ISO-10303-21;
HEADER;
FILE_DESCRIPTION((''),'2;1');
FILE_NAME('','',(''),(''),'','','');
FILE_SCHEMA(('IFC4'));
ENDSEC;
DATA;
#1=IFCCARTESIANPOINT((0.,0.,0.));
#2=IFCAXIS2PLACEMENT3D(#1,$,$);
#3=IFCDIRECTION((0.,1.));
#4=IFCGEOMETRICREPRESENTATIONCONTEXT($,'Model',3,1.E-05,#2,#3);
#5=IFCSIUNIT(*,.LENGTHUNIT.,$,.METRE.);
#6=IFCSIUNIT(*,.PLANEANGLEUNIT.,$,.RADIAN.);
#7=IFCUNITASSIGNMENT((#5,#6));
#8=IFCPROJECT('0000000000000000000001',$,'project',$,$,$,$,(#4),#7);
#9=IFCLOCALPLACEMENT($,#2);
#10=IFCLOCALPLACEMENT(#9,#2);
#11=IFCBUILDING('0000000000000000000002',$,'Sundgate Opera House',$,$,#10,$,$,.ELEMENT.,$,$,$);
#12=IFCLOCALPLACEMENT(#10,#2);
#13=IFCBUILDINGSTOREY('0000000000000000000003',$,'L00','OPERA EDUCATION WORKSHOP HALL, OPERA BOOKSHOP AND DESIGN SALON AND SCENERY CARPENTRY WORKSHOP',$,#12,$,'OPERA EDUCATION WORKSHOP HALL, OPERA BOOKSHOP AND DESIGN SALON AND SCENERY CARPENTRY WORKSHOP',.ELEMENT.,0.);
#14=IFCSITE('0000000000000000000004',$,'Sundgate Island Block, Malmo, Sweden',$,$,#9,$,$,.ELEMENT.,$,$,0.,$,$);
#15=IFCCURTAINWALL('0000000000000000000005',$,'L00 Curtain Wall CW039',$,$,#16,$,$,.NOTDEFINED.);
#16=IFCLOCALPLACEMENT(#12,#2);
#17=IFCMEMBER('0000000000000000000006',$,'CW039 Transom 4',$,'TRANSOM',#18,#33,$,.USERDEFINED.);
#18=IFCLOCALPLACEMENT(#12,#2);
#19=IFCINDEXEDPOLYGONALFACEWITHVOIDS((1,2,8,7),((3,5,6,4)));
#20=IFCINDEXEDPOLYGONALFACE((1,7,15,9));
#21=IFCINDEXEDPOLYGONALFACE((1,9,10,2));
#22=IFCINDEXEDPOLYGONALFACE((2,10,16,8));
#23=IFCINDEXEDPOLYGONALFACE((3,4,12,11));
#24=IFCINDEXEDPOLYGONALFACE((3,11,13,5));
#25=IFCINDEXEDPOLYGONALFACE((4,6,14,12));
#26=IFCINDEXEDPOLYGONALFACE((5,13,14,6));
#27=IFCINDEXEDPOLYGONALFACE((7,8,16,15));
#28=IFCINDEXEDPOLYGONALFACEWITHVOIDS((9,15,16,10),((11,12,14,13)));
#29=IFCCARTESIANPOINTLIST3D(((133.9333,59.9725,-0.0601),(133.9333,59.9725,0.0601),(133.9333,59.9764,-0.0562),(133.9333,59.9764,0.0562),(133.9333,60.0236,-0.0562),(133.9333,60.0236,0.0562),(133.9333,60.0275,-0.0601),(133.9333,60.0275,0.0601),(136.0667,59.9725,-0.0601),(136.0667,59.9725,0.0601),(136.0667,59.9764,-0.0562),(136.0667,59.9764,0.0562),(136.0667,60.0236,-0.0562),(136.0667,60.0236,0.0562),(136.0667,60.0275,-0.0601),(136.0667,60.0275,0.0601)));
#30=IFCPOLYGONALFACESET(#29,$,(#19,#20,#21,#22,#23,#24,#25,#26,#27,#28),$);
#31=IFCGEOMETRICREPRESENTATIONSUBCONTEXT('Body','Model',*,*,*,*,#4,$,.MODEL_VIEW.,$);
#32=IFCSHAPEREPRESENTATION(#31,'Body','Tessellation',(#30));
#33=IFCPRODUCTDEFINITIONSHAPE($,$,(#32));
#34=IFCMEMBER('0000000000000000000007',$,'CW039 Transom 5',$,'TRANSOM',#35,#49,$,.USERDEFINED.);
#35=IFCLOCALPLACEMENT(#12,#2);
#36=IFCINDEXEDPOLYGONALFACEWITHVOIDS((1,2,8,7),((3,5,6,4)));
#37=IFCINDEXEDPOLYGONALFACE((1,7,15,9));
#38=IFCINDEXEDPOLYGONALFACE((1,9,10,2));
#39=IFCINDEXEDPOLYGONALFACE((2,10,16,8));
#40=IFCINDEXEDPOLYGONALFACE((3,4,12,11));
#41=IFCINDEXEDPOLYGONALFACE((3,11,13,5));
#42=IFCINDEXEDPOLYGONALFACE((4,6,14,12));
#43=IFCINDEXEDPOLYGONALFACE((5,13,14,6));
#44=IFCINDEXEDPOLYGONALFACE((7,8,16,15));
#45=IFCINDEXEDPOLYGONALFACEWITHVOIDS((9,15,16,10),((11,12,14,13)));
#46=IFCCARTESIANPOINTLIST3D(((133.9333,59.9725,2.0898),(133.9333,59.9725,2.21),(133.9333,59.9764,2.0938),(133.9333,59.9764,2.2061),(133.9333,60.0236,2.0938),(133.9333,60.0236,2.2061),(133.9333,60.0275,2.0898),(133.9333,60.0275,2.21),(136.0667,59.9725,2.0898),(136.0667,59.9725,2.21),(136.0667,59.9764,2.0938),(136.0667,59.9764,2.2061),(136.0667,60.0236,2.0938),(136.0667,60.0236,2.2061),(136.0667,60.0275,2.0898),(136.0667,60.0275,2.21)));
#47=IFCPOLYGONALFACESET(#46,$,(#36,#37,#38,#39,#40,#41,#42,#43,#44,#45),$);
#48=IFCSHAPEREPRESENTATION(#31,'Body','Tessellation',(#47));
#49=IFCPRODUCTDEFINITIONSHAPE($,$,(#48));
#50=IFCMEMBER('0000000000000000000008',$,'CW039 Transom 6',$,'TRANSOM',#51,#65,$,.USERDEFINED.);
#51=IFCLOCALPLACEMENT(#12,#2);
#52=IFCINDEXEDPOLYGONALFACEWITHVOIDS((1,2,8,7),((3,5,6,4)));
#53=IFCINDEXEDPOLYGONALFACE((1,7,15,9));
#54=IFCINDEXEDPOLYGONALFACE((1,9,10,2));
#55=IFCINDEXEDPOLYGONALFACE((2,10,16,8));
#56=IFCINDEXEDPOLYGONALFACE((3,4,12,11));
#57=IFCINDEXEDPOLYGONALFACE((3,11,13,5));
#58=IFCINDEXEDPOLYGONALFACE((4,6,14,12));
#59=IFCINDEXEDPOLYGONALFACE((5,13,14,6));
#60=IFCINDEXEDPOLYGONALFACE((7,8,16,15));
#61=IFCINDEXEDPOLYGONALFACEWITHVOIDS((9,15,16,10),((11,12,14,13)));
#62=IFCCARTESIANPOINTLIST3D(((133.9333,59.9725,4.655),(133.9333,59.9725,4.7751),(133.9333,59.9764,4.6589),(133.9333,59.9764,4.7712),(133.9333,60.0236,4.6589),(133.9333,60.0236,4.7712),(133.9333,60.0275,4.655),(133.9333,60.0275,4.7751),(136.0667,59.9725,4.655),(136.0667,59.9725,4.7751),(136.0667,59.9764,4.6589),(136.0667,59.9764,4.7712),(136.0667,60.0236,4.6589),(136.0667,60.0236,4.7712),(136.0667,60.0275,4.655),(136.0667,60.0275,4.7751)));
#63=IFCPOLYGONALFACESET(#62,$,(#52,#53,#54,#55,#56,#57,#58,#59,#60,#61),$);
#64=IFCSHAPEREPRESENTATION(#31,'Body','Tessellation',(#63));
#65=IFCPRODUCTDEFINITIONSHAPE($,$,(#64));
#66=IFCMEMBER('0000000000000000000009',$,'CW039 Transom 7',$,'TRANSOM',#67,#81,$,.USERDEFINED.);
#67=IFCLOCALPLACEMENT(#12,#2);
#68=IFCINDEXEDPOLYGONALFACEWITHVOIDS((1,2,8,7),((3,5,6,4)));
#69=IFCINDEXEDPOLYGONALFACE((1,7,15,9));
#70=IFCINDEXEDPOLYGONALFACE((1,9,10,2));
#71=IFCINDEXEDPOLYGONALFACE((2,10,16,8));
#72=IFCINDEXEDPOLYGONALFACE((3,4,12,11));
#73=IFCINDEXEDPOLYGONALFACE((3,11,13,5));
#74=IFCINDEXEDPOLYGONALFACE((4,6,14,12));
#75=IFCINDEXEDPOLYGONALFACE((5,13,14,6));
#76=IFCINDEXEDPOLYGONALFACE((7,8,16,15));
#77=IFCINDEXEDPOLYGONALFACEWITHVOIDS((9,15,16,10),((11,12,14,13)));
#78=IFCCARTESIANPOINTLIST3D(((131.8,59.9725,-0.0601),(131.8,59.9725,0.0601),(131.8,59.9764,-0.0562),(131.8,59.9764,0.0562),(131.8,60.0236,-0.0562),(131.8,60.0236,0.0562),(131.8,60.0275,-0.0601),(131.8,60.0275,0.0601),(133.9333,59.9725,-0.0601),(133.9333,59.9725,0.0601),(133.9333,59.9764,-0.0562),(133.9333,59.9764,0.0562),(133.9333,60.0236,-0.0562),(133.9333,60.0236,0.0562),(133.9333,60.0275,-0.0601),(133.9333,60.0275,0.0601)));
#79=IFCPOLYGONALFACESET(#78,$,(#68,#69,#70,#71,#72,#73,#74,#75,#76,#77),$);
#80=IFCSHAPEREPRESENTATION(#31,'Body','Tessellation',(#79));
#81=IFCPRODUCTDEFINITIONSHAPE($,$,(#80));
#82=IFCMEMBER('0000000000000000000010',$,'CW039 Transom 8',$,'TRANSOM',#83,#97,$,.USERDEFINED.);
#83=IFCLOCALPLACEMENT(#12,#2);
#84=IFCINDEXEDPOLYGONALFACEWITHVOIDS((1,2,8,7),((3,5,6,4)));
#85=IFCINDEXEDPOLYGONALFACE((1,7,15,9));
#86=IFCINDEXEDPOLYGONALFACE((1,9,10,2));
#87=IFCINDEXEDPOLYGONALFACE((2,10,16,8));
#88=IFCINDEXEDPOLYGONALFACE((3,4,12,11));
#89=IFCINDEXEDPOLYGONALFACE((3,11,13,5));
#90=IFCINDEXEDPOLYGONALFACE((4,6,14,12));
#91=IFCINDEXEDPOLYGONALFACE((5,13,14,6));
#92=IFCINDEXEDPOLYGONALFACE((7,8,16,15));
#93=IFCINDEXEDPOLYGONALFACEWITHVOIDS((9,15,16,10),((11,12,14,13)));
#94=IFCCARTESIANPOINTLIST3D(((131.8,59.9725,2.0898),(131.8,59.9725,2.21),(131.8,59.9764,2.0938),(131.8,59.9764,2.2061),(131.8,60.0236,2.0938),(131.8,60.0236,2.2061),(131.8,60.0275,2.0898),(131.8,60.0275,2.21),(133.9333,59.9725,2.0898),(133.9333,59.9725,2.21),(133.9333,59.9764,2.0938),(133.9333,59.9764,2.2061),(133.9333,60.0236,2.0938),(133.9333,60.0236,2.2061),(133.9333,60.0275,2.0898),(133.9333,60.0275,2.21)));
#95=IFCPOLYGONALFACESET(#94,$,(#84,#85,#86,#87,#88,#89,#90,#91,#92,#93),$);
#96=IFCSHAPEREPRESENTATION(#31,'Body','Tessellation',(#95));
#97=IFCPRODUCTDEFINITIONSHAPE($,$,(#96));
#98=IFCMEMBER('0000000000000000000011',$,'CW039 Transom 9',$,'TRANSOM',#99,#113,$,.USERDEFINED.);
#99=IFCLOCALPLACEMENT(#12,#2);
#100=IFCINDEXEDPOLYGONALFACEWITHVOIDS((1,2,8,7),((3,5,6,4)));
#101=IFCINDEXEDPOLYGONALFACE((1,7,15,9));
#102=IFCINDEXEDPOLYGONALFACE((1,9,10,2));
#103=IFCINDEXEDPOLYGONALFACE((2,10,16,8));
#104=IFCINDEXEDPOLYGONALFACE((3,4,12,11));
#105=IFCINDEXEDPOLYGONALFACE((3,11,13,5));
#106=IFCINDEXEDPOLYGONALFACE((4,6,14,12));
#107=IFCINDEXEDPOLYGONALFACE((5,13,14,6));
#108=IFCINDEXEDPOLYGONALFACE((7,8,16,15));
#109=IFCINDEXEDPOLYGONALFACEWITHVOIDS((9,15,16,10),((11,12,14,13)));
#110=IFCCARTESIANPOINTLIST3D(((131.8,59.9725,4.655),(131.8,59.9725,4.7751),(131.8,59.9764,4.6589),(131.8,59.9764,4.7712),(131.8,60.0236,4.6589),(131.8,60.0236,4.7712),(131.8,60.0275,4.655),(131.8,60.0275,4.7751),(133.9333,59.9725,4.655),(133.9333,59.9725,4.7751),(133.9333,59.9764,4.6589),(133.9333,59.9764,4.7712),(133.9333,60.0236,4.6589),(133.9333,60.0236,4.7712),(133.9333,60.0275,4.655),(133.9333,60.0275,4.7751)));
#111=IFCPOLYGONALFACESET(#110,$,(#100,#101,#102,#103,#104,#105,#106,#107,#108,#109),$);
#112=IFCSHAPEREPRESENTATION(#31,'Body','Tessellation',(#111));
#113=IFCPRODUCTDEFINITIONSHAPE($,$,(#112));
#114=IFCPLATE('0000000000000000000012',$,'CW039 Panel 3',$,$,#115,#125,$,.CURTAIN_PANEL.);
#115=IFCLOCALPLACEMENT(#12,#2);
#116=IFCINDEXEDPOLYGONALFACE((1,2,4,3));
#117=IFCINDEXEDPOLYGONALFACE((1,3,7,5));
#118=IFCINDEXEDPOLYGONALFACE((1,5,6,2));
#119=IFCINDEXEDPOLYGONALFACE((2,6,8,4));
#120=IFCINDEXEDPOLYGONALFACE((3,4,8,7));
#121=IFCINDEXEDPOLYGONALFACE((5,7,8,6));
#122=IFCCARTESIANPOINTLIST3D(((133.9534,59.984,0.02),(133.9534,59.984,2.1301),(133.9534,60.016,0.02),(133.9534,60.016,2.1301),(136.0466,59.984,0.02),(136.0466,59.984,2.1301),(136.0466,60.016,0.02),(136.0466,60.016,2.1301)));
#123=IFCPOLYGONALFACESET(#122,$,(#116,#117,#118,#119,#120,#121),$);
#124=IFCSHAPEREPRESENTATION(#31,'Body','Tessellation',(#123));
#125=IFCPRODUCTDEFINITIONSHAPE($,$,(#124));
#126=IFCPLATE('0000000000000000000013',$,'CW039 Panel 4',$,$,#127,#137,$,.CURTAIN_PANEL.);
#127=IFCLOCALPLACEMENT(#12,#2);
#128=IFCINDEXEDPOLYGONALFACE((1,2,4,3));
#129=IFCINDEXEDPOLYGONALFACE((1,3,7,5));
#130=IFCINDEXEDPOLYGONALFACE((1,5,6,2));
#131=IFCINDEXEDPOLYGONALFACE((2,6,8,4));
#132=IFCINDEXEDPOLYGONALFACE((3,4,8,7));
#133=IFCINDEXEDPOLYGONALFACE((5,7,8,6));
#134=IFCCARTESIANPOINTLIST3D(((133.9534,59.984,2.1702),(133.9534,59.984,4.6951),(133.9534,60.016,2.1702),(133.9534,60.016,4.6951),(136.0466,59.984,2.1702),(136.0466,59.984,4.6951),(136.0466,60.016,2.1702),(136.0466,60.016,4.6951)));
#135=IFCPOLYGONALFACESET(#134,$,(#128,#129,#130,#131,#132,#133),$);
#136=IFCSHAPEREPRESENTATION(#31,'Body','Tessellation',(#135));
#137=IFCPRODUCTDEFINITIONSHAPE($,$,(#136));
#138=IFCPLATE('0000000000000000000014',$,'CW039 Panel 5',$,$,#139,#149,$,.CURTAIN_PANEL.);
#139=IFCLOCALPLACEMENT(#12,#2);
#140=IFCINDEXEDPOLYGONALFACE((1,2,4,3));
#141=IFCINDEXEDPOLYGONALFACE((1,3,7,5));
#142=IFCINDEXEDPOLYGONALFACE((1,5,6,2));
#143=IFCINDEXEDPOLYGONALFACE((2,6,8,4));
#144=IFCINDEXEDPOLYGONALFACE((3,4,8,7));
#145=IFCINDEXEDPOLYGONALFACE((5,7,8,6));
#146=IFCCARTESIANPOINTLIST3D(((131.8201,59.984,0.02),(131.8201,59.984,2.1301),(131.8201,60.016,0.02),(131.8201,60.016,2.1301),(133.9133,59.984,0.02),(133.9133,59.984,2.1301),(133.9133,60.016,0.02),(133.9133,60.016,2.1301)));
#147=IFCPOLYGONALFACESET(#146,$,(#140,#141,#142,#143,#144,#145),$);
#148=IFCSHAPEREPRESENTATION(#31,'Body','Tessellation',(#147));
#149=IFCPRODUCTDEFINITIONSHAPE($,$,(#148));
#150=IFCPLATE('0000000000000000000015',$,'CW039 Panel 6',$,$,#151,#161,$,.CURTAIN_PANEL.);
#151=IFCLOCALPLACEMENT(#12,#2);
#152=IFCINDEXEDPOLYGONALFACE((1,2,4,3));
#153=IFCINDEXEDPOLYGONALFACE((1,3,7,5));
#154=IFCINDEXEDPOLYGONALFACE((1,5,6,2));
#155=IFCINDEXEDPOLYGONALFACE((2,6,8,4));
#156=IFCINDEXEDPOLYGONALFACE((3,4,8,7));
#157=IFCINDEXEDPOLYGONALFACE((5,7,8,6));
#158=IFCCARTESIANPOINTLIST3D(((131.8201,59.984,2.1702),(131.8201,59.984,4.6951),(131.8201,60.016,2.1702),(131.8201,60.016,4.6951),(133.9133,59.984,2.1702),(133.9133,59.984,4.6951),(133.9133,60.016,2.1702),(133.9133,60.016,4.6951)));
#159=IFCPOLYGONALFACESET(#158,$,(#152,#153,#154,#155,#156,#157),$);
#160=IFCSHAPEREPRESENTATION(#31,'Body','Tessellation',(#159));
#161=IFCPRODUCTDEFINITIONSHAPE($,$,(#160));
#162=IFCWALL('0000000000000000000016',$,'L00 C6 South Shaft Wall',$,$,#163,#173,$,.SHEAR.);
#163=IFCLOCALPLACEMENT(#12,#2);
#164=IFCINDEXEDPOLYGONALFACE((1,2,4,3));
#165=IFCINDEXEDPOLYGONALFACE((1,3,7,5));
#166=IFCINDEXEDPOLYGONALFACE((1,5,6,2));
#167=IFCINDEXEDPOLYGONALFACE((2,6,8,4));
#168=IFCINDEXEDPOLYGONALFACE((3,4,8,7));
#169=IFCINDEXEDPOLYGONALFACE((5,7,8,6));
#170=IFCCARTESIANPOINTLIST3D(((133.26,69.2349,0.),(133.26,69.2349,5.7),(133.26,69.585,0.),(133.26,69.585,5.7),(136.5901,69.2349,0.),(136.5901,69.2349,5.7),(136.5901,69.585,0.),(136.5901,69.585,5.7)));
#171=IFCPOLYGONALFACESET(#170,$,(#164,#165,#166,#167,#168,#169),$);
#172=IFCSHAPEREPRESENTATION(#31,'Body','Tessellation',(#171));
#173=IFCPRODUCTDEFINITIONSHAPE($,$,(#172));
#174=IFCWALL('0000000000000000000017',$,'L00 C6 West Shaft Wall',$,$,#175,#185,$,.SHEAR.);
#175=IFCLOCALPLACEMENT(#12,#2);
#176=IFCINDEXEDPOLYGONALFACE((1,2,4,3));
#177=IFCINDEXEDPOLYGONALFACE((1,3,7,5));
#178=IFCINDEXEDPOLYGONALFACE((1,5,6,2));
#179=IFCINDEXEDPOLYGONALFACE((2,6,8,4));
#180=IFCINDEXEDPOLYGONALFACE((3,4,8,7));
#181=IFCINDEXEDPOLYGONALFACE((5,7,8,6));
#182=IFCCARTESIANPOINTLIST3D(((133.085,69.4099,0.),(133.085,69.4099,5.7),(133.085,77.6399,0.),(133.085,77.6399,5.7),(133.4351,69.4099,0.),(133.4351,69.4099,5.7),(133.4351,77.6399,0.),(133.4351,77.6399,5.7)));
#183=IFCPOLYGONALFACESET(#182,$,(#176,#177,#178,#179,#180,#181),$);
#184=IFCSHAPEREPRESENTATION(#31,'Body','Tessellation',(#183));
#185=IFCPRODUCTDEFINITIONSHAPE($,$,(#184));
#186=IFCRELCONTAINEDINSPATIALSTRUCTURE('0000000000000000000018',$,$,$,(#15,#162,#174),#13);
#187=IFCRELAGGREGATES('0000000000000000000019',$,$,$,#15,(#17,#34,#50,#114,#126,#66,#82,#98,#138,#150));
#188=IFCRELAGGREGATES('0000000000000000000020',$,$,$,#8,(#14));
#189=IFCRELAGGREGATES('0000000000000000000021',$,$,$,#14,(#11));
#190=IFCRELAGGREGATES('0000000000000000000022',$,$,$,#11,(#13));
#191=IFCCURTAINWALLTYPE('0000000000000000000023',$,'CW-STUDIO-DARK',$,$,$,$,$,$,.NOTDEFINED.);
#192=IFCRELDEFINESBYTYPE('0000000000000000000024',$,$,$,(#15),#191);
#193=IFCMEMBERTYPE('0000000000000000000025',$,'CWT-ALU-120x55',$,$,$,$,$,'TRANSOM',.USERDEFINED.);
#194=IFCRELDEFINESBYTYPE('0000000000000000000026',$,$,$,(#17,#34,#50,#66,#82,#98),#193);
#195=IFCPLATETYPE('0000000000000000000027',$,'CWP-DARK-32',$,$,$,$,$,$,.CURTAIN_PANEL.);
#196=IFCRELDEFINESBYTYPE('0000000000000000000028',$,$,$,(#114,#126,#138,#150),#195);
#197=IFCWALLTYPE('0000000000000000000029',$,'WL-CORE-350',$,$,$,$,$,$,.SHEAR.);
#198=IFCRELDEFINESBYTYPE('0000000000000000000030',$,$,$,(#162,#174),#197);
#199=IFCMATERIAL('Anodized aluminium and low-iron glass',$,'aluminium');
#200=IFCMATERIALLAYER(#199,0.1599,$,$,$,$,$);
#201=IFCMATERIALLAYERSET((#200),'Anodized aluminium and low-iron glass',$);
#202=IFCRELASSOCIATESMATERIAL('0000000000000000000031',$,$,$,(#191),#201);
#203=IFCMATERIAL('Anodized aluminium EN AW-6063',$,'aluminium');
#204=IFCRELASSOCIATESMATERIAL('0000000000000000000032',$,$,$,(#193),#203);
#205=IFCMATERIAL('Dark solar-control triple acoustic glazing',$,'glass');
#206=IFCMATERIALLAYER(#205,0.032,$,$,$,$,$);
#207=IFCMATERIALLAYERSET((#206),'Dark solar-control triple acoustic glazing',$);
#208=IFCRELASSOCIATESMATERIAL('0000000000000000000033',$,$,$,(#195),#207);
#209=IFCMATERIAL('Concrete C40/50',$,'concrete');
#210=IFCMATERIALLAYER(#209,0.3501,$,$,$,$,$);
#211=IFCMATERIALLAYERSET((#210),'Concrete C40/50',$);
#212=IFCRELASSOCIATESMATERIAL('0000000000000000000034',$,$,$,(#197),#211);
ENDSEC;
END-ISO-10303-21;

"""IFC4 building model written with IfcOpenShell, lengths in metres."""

from ifc_helpers import new_model, si_unit, direction, frame, frame_2d, origin, origin_2d, place, context, subcontext, project, spatial, rectangle, hollow_rectangle, extrude, material, layer, layer_set, material_profile, profile_set, type_object, element, aggregate, save


model = new_model("IFC4")

# Units and contexts
model_context = context("Model", 3, precision=1e-05, world=origin(), true_north=direction((0.0, 1.0)))
body_context = subcontext(model_context, "Body", "Model", "MODEL_VIEW")
ifc_project = project(units=[si_unit("LENGTHUNIT", "METRE"), si_unit("PLANEANGLEUNIT", "RADIAN")], contexts=[model_context])

# Site, building, storey
site_placement = place(None, origin())
site = spatial("IfcSite", under=ifc_project, at=site_placement, Name="Sundgate Island Block, Malmo, Sweden", CompositionType="ELEMENT", RefElevation=0.0)
building_placement = place(site_placement, origin())
building = spatial("IfcBuilding", under=site, at=building_placement, Name="Sundgate Opera House", CompositionType="ELEMENT")
storey_placement = place(building_placement, origin())
storey = spatial("IfcBuildingStorey", under=building, at=storey_placement, Name="L00", Description="OPERA EDUCATION WORKSHOP HALL, OPERA BOOKSHOP AND DESIGN SALON AND SCENERY CARPENTRY WORKSHOP", LongName="OPERA EDUCATION WORKSHOP HALL, OPERA BOOKSHOP AND DESIGN SALON AND SCENERY CARPENTRY WORKSHOP", CompositionType="ELEMENT", Elevation=0.0)

# Curtain wall, members, plates
ifc_material_1 = material(Name="Anodized aluminium and low-iron glass", Category="aluminium")
ifc_layer_1 = layer(ifc_material_1, 0.1599)
ifc_layer_set_1 = layer_set([ifc_layer_1], Name="Anodized aluminium and low-iron glass")
curtain_wall_type = type_object("IfcCurtainWallType", Name="CW-STUDIO-DARK", PredefinedType="NOTDEFINED", material=ifc_layer_set_1)
curtain_wall_placement = place(storey_placement, origin())
curtain_wall = element("IfcCurtainWall", 1, at=curtain_wall_placement, inside=storey, type_object=curtain_wall_type, Name="L00 Curtain Wall CW039", PredefinedType="NOTDEFINED")
ifc_material_2 = material(Name="Anodized aluminium EN AW-6063", Category="aluminium")
ifc_material_profile_1 = material_profile(ifc_material_2, hollow_rectangle(XDim=0.0549, YDim=0.1201, WallThickness=0.0039, at=origin_2d()), Name="CWT 120x55x4")
ifc_profile_set_1 = profile_set([ifc_material_profile_1], Name="Anodized aluminium EN AW-6063")
member_type_1 = type_object("IfcMemberType", Name="CWT-ALU-120x55", ElementType="TRANSOM", PredefinedType="USERDEFINED", material=ifc_profile_set_1)
member_1_placement = place(storey_placement, frame((136.0667, 60.0, 0.0), z_axis=(-1.0, 0.0, 0.0), x_axis=(0.0, -1.0, 0.0)))
member_1 = element("IfcMember", 2, at=member_1_placement, type_object=member_type_1, Name="CW039 Transom 4", ObjectType="TRANSOM", PredefinedType="USERDEFINED", context=body_context, shape_type="SweptSolid", body=[
    extrude(hollow_rectangle(XDim=0.0549, YDim=0.1201, WallThickness=0.0039, at=origin_2d()), origin(), (0.0, 0.0, 1.0), 2.1333),
])
member_2_placement = place(storey_placement, frame((136.0667, 60.0, 2.1499), z_axis=(-1.0, 0.0, 0.0), x_axis=(0.0, -1.0, 0.0)))
member_2 = element("IfcMember", 3, at=member_2_placement, type_object=member_type_1, Name="CW039 Transom 5", ObjectType="TRANSOM", PredefinedType="USERDEFINED", context=body_context, shape_type="SweptSolid", body=[
    extrude(hollow_rectangle(XDim=0.0549, YDim=0.1201, WallThickness=0.0039, at=origin_2d()), origin(), (0.0, 0.0, 1.0), 2.1333),
])
member_3_placement = place(storey_placement, frame((136.0667, 60.0, 4.7151), z_axis=(-1.0, 0.0, 0.0), x_axis=(0.0, -1.0, 0.0)))
member_3 = element("IfcMember", 4, at=member_3_placement, type_object=member_type_1, Name="CW039 Transom 6", ObjectType="TRANSOM", PredefinedType="USERDEFINED", context=body_context, shape_type="SweptSolid", body=[
    extrude(hollow_rectangle(XDim=0.0549, YDim=0.1201, WallThickness=0.0039, at=origin_2d()), origin(), (0.0, 0.0, 1.0), 2.1333),
])
member_4_placement = place(storey_placement, frame((133.9333, 60.0, 0.0), z_axis=(-1.0, 0.0, 0.0), x_axis=(0.0, -1.0, 0.0)))
member_4 = element("IfcMember", 5, at=member_4_placement, type_object=member_type_1, Name="CW039 Transom 7", ObjectType="TRANSOM", PredefinedType="USERDEFINED", context=body_context, shape_type="SweptSolid", body=[
    extrude(hollow_rectangle(XDim=0.0549, YDim=0.1201, WallThickness=0.0039, at=origin_2d()), origin(), (0.0, 0.0, 1.0), 2.1333),
])
member_5_placement = place(storey_placement, frame((133.9333, 60.0, 2.1499), z_axis=(-1.0, 0.0, 0.0), x_axis=(0.0, -1.0, 0.0)))
member_5 = element("IfcMember", 6, at=member_5_placement, type_object=member_type_1, Name="CW039 Transom 8", ObjectType="TRANSOM", PredefinedType="USERDEFINED", context=body_context, shape_type="SweptSolid", body=[
    extrude(hollow_rectangle(XDim=0.0549, YDim=0.1201, WallThickness=0.0039, at=origin_2d()), origin(), (0.0, 0.0, 1.0), 2.1333),
])
member_6_placement = place(storey_placement, frame((133.9333, 60.0, 4.7151), z_axis=(-1.0, 0.0, 0.0), x_axis=(0.0, -1.0, 0.0)))
member_6 = element("IfcMember", 7, at=member_6_placement, type_object=member_type_1, Name="CW039 Transom 9", ObjectType="TRANSOM", PredefinedType="USERDEFINED", context=body_context, shape_type="SweptSolid", body=[
    extrude(hollow_rectangle(XDim=0.0549, YDim=0.1201, WallThickness=0.0039, at=origin_2d()), origin(), (0.0, 0.0, 1.0), 2.1333),
])
ifc_material_3 = material(Name="Dark solar-control triple acoustic glazing", Category="glass")
ifc_layer_2 = layer(ifc_material_3, 0.032)
ifc_layer_set_2 = layer_set([ifc_layer_2], Name="Dark solar-control triple acoustic glazing")
plate_type = type_object("IfcPlateType", Name="CWP-DARK-32", PredefinedType="CURTAIN_PANEL", material=ifc_layer_set_2)
plate_1_placement = place(storey_placement, frame((135.0, 60.0, 0.02), z_axis=(0.0, 0.0, 1.0), x_axis=(-1.0, 0.0, 0.0)))
plate_1 = element("IfcPlate", 8, at=plate_1_placement, type_object=plate_type, Name="CW039 Panel 3", PredefinedType="CURTAIN_PANEL", context=body_context, shape_type="SweptSolid", body=[
    extrude(rectangle(XDim=2.0933, YDim=0.032, at=origin_2d()), origin(), (0.0, 0.0, 1.0), 2.1101),
])
plate_2_placement = place(storey_placement, frame((135.0, 60.0, 2.1702), z_axis=(0.0, 0.0, 1.0), x_axis=(-1.0, 0.0, 0.0)))
plate_2 = element("IfcPlate", 9, at=plate_2_placement, type_object=plate_type, Name="CW039 Panel 4", PredefinedType="CURTAIN_PANEL", context=body_context, shape_type="SweptSolid", body=[
    extrude(rectangle(XDim=2.0933, YDim=0.032, at=origin_2d()), origin(), (0.0, 0.0, 1.0), 2.5249),
])
plate_3_placement = place(storey_placement, frame((132.8667, 60.0, 0.02), z_axis=(0.0, 0.0, 1.0), x_axis=(-1.0, 0.0, 0.0)))
plate_3 = element("IfcPlate", 10, at=plate_3_placement, type_object=plate_type, Name="CW039 Panel 5", PredefinedType="CURTAIN_PANEL", context=body_context, shape_type="SweptSolid", body=[
    extrude(rectangle(XDim=2.0933, YDim=0.032, at=origin_2d()), origin(), (0.0, 0.0, 1.0), 2.1101),
])
plate_4_placement = place(storey_placement, frame((132.8667, 60.0, 2.1702), z_axis=(0.0, 0.0, 1.0), x_axis=(-1.0, 0.0, 0.0)))
plate_4 = element("IfcPlate", 11, at=plate_4_placement, type_object=plate_type, Name="CW039 Panel 6", PredefinedType="CURTAIN_PANEL", context=body_context, shape_type="SweptSolid", body=[
    extrude(rectangle(XDim=2.0933, YDim=0.032, at=origin_2d()), origin(), (0.0, 0.0, 1.0), 2.5249),
])
aggregate(curtain_wall, [member_1, member_2, member_3, plate_1, plate_2, member_4, member_5, member_6, plate_3, plate_4])

# Walls
ifc_material_4 = material(Name="Concrete C40/50", Category="concrete")
ifc_layer_3 = layer(ifc_material_4, 0.3501)
ifc_layer_set_3 = layer_set([ifc_layer_3], Name="Concrete C40/50")
wall_type = type_object("IfcWallType", Name="WL-CORE-350", PredefinedType="SHEAR", material=ifc_layer_set_3)
wall_1_placement = place(storey_placement, frame((133.26, 69.4099, 0.0), z_axis=(0.0, 0.0, 1.0), x_axis=(1.0, 0.0, 0.0)))
element("IfcWall", 12, at=wall_1_placement, inside=storey, type_object=wall_type, Name="L00 C6 South Shaft Wall", PredefinedType="SHEAR", context=body_context, shape_type="SweptSolid", body=[
    extrude(rectangle(XDim=3.3301, YDim=0.3501, at=frame_2d((1.665, 0.0))), origin(), (0.0, 0.0, 1.0), 5.7),
])
wall_2_placement = place(storey_placement, frame((133.26, 69.4099, 0.0), z_axis=(0.0, 0.0, 1.0), x_axis=(0.0, 1.0, 0.0)))
element("IfcWall", 13, at=wall_2_placement, inside=storey, type_object=wall_type, Name="L00 C6 West Shaft Wall", PredefinedType="SHEAR", context=body_context, shape_type="SweptSolid", body=[
    extrude(rectangle(XDim=8.23, YDim=0.3501, at=frame_2d((4.115, 0.0))), origin(), (0.0, 0.0, 1.0), 5.7),
])

save(model, "model.ifc")
